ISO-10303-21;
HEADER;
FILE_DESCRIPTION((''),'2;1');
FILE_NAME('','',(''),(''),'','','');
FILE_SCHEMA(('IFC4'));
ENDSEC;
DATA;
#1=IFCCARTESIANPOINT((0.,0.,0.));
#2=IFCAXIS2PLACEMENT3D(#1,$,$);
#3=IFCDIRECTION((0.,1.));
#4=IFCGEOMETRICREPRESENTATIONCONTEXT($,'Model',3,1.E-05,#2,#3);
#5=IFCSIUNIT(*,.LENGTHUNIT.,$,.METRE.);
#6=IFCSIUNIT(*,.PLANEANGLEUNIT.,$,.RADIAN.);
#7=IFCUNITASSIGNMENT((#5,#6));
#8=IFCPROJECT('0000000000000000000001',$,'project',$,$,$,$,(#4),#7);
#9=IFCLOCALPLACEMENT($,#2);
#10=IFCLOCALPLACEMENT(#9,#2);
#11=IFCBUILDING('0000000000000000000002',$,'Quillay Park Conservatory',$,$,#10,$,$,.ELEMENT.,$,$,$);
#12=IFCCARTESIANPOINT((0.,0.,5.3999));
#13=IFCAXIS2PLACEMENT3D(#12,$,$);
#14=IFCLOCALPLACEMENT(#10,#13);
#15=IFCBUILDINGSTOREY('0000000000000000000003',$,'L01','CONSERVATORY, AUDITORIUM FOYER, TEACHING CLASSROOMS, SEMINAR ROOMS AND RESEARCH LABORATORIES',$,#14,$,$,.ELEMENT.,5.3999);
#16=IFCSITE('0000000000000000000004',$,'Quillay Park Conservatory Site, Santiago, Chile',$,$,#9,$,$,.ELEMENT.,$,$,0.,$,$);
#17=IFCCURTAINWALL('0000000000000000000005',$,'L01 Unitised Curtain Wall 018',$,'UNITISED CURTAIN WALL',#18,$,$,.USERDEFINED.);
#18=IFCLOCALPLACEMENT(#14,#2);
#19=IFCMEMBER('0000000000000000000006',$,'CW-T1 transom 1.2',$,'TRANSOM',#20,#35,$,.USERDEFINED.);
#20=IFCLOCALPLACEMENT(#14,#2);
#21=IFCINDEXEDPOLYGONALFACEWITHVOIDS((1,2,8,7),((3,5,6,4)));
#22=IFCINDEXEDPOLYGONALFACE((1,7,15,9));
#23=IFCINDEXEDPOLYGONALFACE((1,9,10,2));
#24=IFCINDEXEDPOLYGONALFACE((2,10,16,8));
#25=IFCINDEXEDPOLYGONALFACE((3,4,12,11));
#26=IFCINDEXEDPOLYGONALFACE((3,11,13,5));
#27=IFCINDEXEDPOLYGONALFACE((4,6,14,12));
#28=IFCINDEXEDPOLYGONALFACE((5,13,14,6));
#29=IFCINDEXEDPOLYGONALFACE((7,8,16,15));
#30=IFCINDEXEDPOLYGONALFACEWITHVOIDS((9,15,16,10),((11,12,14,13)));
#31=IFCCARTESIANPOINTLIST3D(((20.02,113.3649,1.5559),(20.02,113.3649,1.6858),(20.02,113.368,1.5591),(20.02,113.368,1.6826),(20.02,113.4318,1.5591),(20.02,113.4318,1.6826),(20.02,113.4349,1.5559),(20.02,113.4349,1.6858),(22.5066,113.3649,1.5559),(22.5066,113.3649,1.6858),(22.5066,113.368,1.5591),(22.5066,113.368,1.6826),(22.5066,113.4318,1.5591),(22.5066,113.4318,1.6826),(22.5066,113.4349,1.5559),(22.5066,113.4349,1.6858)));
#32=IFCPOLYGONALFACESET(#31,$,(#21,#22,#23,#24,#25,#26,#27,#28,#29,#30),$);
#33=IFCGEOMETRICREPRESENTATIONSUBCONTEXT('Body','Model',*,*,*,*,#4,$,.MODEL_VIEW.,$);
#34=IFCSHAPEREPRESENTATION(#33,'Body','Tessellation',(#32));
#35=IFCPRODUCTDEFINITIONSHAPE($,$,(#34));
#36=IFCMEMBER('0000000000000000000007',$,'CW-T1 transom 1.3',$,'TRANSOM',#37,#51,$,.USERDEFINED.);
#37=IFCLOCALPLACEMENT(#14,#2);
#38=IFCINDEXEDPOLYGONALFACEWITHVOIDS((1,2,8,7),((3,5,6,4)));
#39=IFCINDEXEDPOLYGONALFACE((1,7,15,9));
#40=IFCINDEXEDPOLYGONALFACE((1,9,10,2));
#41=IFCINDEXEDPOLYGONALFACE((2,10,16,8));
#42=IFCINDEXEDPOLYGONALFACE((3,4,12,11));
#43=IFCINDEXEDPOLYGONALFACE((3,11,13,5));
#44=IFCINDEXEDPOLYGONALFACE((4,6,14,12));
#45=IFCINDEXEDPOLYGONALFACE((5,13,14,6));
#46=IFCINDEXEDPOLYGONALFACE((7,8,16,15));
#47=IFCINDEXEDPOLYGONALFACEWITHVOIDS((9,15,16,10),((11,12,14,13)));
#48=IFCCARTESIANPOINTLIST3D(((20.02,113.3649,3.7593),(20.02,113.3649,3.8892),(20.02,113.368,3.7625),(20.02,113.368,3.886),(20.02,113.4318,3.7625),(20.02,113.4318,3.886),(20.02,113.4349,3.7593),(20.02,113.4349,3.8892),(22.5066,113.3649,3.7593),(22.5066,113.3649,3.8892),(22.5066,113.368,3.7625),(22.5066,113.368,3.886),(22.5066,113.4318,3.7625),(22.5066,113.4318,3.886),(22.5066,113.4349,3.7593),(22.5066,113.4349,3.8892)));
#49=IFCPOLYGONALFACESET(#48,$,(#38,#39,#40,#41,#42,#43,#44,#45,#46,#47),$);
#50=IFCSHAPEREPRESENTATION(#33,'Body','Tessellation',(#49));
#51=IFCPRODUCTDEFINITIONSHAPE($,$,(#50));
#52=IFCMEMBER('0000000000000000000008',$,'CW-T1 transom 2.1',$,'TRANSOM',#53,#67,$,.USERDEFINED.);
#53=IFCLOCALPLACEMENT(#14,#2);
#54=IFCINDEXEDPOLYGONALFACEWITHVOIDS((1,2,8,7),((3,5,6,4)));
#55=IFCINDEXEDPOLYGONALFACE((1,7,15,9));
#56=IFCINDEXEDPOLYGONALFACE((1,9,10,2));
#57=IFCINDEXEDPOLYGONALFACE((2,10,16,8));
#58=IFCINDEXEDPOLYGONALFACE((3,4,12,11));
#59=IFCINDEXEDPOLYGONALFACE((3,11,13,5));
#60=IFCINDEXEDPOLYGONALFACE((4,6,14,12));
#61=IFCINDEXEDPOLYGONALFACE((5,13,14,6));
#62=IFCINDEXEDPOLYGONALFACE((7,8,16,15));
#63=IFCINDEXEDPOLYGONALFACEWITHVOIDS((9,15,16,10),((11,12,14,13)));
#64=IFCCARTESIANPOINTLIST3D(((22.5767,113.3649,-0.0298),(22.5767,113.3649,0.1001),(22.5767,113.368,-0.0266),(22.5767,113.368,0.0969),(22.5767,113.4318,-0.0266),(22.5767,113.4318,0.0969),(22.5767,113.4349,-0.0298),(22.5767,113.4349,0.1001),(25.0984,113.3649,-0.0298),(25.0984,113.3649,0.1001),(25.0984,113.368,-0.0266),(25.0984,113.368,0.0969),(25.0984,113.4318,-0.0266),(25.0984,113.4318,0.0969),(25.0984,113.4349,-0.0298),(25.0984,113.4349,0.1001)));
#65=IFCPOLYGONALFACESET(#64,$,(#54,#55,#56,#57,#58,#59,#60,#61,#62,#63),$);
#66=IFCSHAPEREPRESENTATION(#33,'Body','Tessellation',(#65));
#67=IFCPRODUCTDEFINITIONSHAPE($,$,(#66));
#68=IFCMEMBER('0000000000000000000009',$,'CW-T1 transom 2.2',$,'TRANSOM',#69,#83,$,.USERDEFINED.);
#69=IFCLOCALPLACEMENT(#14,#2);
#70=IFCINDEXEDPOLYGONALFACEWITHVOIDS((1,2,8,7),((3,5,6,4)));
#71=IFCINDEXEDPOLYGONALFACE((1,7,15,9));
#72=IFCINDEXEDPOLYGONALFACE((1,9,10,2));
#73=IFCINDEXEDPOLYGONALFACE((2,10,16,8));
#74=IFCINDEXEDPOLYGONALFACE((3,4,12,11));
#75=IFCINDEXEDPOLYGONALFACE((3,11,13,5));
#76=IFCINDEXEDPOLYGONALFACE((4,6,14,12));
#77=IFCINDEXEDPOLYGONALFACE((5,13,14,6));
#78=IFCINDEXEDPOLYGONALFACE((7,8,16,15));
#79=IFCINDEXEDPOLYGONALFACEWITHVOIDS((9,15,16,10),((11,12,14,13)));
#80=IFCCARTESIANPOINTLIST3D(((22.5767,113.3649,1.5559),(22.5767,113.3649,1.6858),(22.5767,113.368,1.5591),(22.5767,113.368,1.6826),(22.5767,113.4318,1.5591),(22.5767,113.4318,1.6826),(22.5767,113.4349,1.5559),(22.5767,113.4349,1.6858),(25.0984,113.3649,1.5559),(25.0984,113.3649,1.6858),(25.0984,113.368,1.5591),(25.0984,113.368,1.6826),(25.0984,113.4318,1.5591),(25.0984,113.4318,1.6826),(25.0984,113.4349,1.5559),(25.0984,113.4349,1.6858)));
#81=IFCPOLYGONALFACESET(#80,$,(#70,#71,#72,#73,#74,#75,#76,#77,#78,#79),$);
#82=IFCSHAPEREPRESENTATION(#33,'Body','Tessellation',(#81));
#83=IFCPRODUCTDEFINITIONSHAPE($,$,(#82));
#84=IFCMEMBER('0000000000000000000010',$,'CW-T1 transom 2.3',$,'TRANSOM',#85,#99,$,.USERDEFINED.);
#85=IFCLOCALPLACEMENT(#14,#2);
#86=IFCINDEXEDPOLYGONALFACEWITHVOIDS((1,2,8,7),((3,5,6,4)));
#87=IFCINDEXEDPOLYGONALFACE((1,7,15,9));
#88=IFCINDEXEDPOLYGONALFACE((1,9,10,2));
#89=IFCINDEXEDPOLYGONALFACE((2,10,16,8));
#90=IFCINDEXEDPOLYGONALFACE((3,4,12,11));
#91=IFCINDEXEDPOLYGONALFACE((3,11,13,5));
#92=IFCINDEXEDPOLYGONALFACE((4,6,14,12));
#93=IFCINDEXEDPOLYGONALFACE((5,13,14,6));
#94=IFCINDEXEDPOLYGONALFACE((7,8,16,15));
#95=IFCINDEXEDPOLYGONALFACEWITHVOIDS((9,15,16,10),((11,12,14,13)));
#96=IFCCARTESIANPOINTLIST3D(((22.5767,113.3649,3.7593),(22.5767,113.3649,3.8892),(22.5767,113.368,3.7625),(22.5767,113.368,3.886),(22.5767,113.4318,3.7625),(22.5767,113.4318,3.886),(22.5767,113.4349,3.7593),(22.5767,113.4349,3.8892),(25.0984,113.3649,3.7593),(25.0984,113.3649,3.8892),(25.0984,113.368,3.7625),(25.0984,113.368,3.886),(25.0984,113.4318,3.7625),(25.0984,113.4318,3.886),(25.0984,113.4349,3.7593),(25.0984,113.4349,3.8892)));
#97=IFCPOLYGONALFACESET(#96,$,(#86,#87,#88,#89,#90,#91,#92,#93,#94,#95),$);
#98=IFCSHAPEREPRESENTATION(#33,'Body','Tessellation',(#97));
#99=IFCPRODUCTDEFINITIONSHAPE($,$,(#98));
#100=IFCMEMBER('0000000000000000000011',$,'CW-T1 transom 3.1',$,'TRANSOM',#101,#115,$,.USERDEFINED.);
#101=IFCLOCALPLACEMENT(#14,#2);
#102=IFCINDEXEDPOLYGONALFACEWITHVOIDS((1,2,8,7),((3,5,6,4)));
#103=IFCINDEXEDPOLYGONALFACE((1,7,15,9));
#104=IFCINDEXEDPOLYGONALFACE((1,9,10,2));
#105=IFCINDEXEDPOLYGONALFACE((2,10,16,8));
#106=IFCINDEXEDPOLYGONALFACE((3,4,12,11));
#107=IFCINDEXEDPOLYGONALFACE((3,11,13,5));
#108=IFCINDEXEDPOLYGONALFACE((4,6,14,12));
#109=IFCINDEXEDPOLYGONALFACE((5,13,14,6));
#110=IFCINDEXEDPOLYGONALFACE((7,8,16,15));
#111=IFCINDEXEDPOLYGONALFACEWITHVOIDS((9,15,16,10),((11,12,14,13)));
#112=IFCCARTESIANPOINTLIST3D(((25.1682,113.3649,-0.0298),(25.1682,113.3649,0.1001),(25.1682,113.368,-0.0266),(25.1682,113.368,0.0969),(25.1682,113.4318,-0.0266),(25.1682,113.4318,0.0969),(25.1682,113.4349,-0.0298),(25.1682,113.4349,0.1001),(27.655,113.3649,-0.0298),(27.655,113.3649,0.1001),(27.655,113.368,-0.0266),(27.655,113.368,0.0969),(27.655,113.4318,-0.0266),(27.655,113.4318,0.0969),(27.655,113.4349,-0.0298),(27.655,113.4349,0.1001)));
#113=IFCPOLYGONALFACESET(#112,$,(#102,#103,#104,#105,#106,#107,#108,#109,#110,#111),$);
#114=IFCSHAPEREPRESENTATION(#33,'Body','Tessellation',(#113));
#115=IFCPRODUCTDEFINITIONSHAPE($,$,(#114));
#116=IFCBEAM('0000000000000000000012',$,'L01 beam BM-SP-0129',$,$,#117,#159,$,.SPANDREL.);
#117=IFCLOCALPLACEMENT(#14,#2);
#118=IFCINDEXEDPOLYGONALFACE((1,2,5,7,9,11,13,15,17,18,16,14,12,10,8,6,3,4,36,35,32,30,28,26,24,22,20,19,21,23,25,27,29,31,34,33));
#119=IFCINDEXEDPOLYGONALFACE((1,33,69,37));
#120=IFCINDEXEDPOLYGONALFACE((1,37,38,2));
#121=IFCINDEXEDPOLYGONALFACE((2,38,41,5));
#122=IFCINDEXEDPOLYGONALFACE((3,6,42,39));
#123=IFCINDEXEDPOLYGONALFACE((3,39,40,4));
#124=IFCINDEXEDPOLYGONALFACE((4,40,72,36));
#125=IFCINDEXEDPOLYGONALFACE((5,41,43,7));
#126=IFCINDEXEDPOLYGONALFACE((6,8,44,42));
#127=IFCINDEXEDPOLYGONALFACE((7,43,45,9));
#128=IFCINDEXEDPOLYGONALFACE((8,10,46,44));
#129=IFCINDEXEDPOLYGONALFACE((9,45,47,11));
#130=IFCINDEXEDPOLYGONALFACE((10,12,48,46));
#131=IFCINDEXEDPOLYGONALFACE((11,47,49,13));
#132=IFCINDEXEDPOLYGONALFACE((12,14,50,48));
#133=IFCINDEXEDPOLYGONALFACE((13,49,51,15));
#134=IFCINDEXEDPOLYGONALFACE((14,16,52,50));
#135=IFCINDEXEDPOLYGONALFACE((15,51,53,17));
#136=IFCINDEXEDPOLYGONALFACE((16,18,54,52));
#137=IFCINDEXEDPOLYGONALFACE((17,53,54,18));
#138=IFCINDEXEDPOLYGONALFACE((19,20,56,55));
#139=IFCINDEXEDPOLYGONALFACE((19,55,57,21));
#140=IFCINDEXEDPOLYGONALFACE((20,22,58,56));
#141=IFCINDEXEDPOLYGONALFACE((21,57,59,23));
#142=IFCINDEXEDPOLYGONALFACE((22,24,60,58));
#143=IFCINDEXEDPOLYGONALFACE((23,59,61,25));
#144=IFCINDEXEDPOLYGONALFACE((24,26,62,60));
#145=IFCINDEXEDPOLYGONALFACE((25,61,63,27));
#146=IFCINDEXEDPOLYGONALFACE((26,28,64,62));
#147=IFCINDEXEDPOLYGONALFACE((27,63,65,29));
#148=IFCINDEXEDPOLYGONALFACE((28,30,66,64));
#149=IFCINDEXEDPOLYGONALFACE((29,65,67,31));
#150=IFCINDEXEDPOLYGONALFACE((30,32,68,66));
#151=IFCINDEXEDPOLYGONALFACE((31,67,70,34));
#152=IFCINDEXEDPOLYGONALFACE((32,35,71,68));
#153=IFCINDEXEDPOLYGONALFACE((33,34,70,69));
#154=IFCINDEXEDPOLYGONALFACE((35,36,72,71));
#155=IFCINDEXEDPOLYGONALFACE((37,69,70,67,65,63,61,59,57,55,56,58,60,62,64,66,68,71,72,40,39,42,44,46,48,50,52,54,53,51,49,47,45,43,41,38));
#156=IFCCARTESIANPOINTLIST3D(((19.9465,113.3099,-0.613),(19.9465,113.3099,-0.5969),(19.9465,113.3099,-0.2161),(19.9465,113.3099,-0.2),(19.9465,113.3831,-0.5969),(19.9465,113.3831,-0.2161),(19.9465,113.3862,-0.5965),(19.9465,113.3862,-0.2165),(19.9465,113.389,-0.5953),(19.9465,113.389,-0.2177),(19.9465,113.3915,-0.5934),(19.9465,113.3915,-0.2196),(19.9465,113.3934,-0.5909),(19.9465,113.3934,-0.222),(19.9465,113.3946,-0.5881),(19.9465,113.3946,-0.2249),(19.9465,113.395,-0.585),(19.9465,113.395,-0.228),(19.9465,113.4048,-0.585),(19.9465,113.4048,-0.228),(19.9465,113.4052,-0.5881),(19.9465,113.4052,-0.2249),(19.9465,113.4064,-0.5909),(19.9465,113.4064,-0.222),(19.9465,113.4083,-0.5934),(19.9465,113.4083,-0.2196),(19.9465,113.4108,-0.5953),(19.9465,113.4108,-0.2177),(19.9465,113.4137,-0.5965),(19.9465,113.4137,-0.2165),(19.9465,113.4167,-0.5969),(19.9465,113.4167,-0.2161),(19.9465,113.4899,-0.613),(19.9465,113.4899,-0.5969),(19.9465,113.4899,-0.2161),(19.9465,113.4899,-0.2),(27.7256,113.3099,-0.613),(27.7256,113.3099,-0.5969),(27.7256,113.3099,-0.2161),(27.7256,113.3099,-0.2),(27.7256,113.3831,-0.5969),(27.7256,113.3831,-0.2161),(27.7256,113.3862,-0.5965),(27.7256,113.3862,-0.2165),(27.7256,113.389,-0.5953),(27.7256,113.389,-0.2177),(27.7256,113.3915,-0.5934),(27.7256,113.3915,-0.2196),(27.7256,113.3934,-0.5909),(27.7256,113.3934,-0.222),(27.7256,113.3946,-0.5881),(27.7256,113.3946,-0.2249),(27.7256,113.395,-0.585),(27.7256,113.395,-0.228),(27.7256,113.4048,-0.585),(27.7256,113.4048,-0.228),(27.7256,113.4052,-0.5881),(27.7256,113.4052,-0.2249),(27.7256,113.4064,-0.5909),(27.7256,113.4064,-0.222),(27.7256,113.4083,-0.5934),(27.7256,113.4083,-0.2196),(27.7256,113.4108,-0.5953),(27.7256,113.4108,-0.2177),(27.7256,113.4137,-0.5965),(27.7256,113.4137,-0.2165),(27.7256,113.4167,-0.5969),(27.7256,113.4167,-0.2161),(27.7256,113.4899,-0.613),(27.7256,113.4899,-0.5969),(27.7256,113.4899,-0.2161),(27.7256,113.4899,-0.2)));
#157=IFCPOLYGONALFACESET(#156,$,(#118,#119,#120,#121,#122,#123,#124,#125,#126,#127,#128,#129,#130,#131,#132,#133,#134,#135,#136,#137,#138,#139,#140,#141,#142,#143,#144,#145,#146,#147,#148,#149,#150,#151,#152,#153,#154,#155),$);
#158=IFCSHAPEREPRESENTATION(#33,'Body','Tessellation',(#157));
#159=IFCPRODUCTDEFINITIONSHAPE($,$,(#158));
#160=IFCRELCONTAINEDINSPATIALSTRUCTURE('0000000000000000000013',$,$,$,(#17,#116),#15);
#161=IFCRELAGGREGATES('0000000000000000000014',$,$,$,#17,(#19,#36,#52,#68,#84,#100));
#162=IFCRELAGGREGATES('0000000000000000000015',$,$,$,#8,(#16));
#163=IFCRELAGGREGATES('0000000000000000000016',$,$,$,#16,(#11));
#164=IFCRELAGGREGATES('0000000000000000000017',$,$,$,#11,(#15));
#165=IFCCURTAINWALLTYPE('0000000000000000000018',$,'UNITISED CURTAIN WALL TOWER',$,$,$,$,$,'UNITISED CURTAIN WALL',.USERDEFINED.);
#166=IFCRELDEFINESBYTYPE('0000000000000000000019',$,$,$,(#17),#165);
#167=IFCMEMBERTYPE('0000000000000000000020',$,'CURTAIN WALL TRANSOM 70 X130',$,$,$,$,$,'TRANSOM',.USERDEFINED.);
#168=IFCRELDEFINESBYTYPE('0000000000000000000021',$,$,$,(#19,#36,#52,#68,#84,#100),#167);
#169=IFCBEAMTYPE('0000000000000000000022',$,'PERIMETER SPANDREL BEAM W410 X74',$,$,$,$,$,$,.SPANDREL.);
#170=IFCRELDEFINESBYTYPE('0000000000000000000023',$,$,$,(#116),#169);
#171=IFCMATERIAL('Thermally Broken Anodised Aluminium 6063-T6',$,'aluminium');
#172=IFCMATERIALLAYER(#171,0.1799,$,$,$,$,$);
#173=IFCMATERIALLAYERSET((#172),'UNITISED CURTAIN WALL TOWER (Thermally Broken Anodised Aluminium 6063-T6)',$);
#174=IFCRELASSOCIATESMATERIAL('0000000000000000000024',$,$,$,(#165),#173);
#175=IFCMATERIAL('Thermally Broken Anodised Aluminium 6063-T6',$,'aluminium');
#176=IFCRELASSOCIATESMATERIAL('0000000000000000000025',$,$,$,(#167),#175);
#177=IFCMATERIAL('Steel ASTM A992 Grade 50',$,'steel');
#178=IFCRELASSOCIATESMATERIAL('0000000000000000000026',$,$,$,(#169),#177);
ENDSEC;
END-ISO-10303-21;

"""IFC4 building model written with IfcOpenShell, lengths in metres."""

from ifc_helpers import new_model, si_unit, direction, frame, origin, origin_2d, place, context, subcontext, project, spatial, hollow_rectangle, i_section, extrude, material, layer, layer_set, material_profile, profile_set, type_object, element, aggregate, save


model = new_model("IFC4")

# Units and contexts
model_context = context("Model", 3, precision=1e-05, world=origin(), true_north=direction((0.0, 1.0)))
body_context = subcontext(model_context, "Body", "Model", "MODEL_VIEW")
ifc_project = project(units=[si_unit("LENGTHUNIT", "METRE"), si_unit("PLANEANGLEUNIT", "RADIAN")], contexts=[model_context])

# Site, building, storey
site_placement = place(None, origin())
site = spatial("IfcSite", under=ifc_project, at=site_placement, Name="Quillay Park Conservatory Site, Santiago, Chile", CompositionType="ELEMENT", RefElevation=0.0)
building_placement = place(site_placement, origin())
building = spatial("IfcBuilding", under=site, at=building_placement, Name="Quillay Park Conservatory", CompositionType="ELEMENT")
storey_placement = place(building_placement, frame((0.0, 0.0, 5.3999)))
storey = spatial("IfcBuildingStorey", under=building, at=storey_placement, Name="L01", Description="CONSERVATORY, AUDITORIUM FOYER, TEACHING CLASSROOMS, SEMINAR ROOMS AND RESEARCH LABORATORIES", CompositionType="ELEMENT", Elevation=5.3999)

# Shared definitions
ifc_material_1 = material(Name="Thermally Broken Anodised Aluminium 6063-T6", Category="aluminium")
ifc_layer_1 = layer(ifc_material_1, 0.1799)
ifc_layer_set_1 = layer_set([ifc_layer_1], Name="UNITISED CURTAIN WALL TOWER (Thermally Broken Anodised Aluminium 6063-T6)")
curtain_wall_type = type_object("IfcCurtainWallType", Name="UNITISED CURTAIN WALL TOWER", ElementType="UNITISED CURTAIN WALL", PredefinedType="USERDEFINED", material=ifc_layer_set_1)

# Curtain wall, members
curtain_wall_1_placement = place(storey_placement, origin())
curtain_wall_1 = element("IfcCurtainWall", 1, at=curtain_wall_1_placement, inside=storey, type_object=curtain_wall_type, Name="L01 Unitised Curtain Wall 018", ObjectType="UNITISED CURTAIN WALL", PredefinedType="USERDEFINED")
ifc_material_2 = material(Name="Thermally Broken Anodised Aluminium 6063-T6", Category="aluminium")
ifc_material_profile_1 = material_profile(ifc_material_2, hollow_rectangle(XDim=0.0701, YDim=0.1299, WallThickness=0.0032, at=origin_2d()), Name="AL70x130x3.2")
ifc_profile_set_1 = profile_set([ifc_material_profile_1], Name="Thermally Broken Anodised Aluminium 6063-T6")
member_type_1 = type_object("IfcMemberType", Name="CURTAIN WALL TRANSOM 70 X130", ElementType="TRANSOM", PredefinedType="USERDEFINED", material=ifc_profile_set_1)
member_1_placement = place(storey_placement, frame((20.02, 113.3999, 1.6208), z_axis=(1.0, 0.0, 0.0), x_axis=(0.0, 1.0, 0.0)))
member_1 = element("IfcMember", 2, at=member_1_placement, type_object=member_type_1, Name="CW-T1 transom 1.2", ObjectType="TRANSOM", PredefinedType="USERDEFINED", context=body_context, shape_type="SweptSolid", body=[
    extrude(hollow_rectangle(XDim=0.0701, YDim=0.1299, WallThickness=0.0032, at=origin_2d()), origin(), (0.0, 0.0, 1.0), 2.4866),
])
member_2_placement = place(storey_placement, frame((20.02, 113.3999, 3.8242), z_axis=(1.0, 0.0, 0.0), x_axis=(0.0, 1.0, 0.0)))
member_2 = element("IfcMember", 3, at=member_2_placement, type_object=member_type_1, Name="CW-T1 transom 1.3", ObjectType="TRANSOM", PredefinedType="USERDEFINED", context=body_context, shape_type="SweptSolid", body=[
    extrude(hollow_rectangle(XDim=0.0701, YDim=0.1299, WallThickness=0.0032, at=origin_2d()), origin(), (0.0, 0.0, 1.0), 2.4866),
])
member_3_placement = place(storey_placement, frame((22.5767, 113.3999, 0.0352), z_axis=(1.0, 0.0, 0.0), x_axis=(0.0, 1.0, 0.0)))
member_3 = element("IfcMember", 4, at=member_3_placement, type_object=member_type_1, Name="CW-T1 transom 2.1", ObjectType="TRANSOM", PredefinedType="USERDEFINED", context=body_context, shape_type="SweptSolid", body=[
    extrude(hollow_rectangle(XDim=0.0701, YDim=0.1299, WallThickness=0.0032, at=origin_2d()), origin(), (0.0, 0.0, 1.0), 2.5217),
])
member_4_placement = place(storey_placement, frame((22.5767, 113.3999, 1.6208), z_axis=(1.0, 0.0, 0.0), x_axis=(0.0, 1.0, 0.0)))
member_4 = element("IfcMember", 5, at=member_4_placement, type_object=member_type_1, Name="CW-T1 transom 2.2", ObjectType="TRANSOM", PredefinedType="USERDEFINED", context=body_context, shape_type="SweptSolid", body=[
    extrude(hollow_rectangle(XDim=0.0701, YDim=0.1299, WallThickness=0.0032, at=origin_2d()), origin(), (0.0, 0.0, 1.0), 2.5217),
])
member_5_placement = place(storey_placement, frame((22.5767, 113.3999, 3.8242), z_axis=(1.0, 0.0, 0.0), x_axis=(0.0, 1.0, 0.0)))
member_5 = element("IfcMember", 6, at=member_5_placement, type_object=member_type_1, Name="CW-T1 transom 2.3", ObjectType="TRANSOM", PredefinedType="USERDEFINED", context=body_context, shape_type="SweptSolid", body=[
    extrude(hollow_rectangle(XDim=0.0701, YDim=0.1299, WallThickness=0.0032, at=origin_2d()), origin(), (0.0, 0.0, 1.0), 2.5217),
])
member_6_placement = place(storey_placement, frame((25.1682, 113.3999, 0.0352), z_axis=(1.0, 0.0, 0.0), x_axis=(0.0, 1.0, 0.0)))
member_6 = element("IfcMember", 7, at=member_6_placement, type_object=member_type_1, Name="CW-T1 transom 3.1", ObjectType="TRANSOM", PredefinedType="USERDEFINED", context=body_context, shape_type="SweptSolid", body=[
    extrude(hollow_rectangle(XDim=0.0701, YDim=0.1299, WallThickness=0.0032, at=origin_2d()), origin(), (0.0, 0.0, 1.0), 2.4868),
])

# Beam
ifc_material_3 = material(Name="Steel ASTM A992 Grade 50", Category="steel")
ifc_material_profile_2 = material_profile(ifc_material_3, i_section(OverallWidth=0.1799, OverallDepth=0.4131, WebThickness=0.0098, FlangeThickness=0.0161, FilletRadius=0.012, at=origin_2d()), Name="W410x74")
ifc_profile_set_2 = profile_set([ifc_material_profile_2], Name="Steel ASTM A992 Grade 50")
beam_type_1 = type_object("IfcBeamType", Name="PERIMETER SPANDREL BEAM W410 X74", PredefinedType="SPANDREL", material=ifc_profile_set_2)
beam_1_placement = place(storey_placement, frame((19.9465, 113.3999, -0.4065), z_axis=(1.0, 0.0, 0.0), x_axis=(0.0, 1.0, 0.0)))
element("IfcBeam", 8, at=beam_1_placement, inside=storey, type_object=beam_type_1, Name="L01 beam BM-SP-0129", PredefinedType="SPANDREL", context=body_context, shape_type="SweptSolid", body=[
    extrude(i_section(OverallWidth=0.1799, OverallDepth=0.4131, WebThickness=0.0098, FlangeThickness=0.0161, FilletRadius=0.012, at=origin_2d()), origin(), (0.0, 0.0, 1.0), 7.7791),
])

aggregate(curtain_wall_1, [member_1, member_2, member_3, member_4, member_5, member_6])

save(model, "model.ifc")
